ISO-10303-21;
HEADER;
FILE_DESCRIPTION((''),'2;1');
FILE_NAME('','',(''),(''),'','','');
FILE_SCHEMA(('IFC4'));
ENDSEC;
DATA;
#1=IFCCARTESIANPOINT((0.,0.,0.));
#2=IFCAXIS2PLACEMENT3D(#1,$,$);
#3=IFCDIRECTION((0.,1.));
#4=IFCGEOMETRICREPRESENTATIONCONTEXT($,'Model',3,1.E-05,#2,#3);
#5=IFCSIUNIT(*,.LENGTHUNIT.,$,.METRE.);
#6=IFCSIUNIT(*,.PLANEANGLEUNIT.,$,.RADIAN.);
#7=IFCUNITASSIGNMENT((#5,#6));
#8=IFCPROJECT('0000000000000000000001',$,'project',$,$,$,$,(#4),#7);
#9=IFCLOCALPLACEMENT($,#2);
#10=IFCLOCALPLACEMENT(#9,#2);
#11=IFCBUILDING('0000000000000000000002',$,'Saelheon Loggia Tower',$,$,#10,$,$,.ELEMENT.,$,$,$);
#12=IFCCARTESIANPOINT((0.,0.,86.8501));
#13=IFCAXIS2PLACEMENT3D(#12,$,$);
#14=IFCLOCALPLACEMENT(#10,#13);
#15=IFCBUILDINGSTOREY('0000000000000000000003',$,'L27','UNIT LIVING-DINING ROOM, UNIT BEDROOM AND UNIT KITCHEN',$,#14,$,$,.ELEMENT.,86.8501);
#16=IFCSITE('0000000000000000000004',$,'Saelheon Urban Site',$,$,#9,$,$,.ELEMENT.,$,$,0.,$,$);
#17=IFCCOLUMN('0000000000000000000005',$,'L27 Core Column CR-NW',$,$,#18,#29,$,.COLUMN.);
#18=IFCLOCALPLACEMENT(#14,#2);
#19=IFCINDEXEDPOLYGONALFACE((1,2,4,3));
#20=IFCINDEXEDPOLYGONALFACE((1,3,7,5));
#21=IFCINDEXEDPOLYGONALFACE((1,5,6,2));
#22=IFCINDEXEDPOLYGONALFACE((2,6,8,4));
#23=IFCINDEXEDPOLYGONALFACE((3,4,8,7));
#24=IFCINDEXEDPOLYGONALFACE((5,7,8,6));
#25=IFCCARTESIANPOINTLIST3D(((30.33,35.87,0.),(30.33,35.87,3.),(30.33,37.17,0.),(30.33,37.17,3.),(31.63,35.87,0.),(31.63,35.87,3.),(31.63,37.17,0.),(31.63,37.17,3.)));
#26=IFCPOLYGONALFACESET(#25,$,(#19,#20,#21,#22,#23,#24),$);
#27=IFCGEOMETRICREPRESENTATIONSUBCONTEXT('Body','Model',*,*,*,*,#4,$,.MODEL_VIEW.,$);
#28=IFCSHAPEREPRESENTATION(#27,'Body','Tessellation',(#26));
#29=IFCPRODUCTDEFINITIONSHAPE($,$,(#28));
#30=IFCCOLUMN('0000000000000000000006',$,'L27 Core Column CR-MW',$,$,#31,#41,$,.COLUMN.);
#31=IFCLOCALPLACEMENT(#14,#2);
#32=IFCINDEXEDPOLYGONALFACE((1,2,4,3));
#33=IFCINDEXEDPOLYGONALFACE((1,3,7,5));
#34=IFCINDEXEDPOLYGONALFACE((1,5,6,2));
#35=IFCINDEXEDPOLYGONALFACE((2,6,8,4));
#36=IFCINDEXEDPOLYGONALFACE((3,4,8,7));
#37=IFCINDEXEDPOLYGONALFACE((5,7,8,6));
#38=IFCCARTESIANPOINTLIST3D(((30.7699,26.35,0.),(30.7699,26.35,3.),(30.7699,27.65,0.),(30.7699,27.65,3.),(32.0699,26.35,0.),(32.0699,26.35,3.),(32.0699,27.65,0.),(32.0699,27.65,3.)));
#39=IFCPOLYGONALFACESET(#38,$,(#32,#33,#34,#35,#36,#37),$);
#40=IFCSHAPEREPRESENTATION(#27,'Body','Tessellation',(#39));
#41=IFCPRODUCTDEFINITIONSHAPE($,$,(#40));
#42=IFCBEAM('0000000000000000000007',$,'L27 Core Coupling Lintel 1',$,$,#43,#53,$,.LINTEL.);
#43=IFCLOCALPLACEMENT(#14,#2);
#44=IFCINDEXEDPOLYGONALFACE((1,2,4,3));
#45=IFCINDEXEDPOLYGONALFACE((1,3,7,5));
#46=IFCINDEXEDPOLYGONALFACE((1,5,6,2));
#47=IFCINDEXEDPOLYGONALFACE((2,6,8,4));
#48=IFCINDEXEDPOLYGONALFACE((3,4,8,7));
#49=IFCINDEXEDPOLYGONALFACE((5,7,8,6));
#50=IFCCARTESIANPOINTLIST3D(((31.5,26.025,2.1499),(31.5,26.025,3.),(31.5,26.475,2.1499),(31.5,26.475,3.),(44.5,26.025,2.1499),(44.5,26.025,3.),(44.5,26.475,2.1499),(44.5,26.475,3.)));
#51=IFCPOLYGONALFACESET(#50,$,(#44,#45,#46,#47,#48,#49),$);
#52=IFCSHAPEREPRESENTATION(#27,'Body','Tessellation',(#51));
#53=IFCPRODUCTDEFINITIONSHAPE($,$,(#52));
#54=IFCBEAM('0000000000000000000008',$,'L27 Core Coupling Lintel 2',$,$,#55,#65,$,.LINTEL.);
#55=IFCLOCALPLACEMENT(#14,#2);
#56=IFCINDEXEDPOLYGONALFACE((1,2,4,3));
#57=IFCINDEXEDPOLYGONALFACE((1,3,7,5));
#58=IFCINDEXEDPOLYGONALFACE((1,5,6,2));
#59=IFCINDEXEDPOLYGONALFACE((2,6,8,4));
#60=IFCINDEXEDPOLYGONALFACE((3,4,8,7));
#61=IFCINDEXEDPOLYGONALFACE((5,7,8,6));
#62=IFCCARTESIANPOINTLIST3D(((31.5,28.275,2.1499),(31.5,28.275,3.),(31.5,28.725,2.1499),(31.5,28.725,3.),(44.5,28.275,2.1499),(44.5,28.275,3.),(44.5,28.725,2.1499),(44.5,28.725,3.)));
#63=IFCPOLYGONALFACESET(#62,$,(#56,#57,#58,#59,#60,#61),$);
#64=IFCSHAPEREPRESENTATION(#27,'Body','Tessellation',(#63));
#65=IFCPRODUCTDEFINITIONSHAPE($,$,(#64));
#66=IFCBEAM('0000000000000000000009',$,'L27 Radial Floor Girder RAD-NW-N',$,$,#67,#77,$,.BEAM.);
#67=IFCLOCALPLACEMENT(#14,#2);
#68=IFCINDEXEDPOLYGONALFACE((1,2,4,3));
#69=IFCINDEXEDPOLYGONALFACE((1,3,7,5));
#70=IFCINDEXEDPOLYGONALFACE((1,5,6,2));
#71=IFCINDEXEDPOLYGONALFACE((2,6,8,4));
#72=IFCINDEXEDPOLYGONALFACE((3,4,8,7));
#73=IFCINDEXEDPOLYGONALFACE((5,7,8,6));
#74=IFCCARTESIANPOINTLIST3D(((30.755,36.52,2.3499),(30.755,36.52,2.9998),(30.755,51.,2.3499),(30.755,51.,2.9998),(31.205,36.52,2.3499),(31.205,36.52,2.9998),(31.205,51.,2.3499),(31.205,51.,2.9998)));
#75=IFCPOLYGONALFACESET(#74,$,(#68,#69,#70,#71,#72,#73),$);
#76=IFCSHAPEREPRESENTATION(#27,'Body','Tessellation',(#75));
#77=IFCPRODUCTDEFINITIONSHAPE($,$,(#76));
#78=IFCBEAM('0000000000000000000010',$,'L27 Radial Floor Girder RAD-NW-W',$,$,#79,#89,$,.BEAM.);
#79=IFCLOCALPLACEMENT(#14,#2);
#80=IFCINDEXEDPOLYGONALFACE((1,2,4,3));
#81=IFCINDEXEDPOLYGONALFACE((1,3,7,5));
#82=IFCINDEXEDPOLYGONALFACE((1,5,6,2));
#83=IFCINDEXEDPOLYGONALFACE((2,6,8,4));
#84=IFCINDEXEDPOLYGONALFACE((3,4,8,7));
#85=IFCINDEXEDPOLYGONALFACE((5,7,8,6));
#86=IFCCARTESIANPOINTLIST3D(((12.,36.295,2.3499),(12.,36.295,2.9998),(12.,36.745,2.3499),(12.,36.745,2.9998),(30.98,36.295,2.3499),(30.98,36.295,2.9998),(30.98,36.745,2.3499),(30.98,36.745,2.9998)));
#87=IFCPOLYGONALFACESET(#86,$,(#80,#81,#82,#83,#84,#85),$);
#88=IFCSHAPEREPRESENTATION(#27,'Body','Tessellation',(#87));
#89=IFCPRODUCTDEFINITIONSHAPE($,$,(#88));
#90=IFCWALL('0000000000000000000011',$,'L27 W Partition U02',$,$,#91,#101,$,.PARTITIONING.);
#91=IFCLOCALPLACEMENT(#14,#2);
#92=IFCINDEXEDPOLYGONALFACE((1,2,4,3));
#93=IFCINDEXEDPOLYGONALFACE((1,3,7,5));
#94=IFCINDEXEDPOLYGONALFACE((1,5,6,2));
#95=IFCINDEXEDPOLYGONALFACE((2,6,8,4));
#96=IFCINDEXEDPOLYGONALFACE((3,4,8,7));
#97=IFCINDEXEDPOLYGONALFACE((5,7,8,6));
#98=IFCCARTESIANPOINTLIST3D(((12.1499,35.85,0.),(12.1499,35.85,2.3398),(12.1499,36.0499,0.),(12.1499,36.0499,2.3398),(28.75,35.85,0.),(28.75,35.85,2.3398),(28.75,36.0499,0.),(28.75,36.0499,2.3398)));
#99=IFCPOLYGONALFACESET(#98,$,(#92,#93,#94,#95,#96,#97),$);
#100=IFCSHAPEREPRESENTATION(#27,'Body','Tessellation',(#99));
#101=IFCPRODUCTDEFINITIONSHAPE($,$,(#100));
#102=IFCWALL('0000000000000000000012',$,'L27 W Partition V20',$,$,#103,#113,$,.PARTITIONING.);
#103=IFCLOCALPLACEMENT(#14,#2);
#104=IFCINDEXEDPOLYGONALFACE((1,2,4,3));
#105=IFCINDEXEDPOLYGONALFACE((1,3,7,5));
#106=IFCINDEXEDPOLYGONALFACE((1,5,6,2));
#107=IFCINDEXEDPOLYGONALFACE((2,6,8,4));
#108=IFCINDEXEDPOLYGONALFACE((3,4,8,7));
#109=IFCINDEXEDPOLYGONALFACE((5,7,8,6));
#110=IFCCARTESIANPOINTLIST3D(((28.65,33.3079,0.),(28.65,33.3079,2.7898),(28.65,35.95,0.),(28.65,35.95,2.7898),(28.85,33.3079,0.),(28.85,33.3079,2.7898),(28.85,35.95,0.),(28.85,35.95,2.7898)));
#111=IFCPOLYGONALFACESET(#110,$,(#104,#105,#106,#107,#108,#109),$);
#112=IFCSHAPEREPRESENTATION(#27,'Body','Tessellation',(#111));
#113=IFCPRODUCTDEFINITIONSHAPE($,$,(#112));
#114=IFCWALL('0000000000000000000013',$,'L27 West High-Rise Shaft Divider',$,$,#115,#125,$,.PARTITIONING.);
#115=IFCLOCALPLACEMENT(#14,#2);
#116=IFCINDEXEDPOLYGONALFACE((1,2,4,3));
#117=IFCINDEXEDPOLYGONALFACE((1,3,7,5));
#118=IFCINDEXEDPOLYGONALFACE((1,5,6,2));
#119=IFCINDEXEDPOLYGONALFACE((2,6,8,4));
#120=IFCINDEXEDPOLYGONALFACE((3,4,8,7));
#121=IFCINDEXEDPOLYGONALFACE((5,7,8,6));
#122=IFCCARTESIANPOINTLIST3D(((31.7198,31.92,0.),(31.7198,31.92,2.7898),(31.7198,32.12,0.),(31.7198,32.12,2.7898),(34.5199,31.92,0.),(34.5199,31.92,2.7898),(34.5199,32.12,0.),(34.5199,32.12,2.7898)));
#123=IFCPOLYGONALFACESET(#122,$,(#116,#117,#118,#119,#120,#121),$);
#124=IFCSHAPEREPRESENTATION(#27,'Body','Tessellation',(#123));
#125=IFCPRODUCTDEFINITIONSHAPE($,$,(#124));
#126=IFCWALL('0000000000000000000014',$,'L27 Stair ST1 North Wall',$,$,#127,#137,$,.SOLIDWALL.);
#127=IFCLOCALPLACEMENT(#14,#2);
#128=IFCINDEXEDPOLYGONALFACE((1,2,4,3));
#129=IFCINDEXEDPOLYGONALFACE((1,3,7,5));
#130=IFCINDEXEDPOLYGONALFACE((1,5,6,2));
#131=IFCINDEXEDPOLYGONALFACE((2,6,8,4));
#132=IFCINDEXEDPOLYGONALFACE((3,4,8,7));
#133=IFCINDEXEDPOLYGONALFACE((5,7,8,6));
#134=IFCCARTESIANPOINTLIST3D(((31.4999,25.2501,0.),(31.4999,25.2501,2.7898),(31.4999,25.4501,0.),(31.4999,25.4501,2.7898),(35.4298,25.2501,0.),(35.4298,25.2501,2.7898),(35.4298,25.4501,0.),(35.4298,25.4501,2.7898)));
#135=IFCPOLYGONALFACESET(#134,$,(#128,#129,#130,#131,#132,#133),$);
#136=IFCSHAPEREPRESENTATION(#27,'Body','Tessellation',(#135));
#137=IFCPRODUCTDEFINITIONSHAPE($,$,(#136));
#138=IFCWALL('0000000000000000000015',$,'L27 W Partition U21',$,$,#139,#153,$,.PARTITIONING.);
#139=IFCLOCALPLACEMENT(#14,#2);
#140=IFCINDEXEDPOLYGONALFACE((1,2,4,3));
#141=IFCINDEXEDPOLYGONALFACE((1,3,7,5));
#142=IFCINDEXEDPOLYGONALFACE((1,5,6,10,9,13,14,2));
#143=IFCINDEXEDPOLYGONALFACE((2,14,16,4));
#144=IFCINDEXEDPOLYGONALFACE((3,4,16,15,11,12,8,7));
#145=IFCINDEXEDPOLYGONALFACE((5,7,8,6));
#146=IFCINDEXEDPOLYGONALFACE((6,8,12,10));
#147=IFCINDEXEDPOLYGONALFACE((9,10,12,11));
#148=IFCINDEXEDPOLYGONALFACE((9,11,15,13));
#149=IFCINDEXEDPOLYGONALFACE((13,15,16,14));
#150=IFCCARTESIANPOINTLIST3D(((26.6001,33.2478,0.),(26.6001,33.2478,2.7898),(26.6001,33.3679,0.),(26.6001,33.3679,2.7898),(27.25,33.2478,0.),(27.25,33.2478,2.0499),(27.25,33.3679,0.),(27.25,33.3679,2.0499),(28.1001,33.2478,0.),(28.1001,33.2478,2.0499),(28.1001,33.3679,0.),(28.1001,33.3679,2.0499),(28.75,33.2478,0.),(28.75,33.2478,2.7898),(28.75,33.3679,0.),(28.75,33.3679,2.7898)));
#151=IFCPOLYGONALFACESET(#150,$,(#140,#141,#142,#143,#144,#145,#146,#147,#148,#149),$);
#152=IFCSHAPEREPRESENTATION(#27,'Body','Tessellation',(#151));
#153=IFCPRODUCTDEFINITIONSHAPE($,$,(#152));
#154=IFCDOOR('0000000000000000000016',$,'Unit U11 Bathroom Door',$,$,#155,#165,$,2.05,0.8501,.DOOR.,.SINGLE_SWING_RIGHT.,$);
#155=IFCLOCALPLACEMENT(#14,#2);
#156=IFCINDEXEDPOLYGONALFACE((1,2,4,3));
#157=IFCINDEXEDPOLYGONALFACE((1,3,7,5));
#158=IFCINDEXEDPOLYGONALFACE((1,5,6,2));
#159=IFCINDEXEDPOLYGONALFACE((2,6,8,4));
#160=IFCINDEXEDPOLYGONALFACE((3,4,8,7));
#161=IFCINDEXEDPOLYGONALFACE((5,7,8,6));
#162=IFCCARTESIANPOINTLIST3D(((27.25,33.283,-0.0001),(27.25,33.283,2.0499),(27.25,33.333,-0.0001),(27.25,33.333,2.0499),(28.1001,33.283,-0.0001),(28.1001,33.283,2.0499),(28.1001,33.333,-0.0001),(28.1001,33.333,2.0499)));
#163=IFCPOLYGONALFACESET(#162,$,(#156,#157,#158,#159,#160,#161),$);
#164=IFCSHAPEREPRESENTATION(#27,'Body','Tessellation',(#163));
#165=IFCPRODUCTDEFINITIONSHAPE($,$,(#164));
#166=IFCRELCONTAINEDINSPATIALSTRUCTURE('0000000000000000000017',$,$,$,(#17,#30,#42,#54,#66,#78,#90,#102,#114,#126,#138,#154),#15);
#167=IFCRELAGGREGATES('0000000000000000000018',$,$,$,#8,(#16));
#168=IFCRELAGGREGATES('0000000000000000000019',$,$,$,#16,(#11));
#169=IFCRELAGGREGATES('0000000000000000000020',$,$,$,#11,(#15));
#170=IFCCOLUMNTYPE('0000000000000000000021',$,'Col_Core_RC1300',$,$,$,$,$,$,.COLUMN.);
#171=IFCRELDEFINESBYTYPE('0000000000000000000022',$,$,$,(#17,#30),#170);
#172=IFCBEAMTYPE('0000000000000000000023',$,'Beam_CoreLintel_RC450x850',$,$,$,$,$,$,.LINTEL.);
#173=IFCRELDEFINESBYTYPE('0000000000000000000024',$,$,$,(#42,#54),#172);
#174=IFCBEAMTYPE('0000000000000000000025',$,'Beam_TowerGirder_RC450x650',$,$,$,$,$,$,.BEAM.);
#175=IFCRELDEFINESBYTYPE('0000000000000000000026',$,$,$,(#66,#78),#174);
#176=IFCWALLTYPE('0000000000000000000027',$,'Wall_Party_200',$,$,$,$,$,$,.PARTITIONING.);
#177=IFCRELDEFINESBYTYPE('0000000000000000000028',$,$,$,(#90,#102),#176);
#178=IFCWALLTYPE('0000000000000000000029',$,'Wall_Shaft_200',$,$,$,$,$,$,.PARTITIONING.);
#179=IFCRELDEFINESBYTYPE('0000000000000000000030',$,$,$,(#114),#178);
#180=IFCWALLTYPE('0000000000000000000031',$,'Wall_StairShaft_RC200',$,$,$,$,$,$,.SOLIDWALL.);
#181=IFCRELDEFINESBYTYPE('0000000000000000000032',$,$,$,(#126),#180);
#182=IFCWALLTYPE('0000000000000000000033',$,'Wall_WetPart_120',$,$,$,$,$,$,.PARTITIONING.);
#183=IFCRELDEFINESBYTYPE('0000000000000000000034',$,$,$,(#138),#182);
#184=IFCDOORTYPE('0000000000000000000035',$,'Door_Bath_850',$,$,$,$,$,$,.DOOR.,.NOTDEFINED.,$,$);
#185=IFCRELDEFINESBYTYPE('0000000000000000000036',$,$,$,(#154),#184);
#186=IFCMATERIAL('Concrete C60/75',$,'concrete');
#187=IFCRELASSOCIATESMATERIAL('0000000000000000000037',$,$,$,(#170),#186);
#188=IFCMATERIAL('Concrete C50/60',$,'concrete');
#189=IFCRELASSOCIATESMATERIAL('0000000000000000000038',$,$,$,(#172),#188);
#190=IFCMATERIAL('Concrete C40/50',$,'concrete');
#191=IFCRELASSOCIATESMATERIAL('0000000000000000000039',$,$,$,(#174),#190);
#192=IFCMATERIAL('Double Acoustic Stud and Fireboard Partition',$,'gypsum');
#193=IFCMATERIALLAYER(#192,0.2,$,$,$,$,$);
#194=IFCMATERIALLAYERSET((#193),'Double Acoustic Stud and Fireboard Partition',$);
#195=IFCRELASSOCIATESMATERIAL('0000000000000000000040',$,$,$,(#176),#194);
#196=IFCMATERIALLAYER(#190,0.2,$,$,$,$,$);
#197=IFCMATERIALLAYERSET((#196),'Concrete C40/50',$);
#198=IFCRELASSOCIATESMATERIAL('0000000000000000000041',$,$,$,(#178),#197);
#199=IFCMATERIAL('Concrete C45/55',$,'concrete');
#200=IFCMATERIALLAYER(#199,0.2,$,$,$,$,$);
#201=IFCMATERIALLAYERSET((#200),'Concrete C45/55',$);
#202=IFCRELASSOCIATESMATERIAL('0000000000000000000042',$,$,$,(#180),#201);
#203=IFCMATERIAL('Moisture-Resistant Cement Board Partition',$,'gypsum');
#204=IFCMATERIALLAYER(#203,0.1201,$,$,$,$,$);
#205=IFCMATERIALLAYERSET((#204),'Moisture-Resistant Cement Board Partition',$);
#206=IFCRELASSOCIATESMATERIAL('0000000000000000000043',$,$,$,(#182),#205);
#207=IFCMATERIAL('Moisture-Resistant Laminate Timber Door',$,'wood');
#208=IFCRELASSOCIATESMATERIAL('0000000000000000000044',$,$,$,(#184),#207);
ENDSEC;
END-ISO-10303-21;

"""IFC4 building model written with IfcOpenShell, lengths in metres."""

from ifc_helpers import new_model, si_unit, direction, frame, frame_2d, origin, origin_2d, place, context, subcontext, project, spatial, rectangle, extrude, source, transform, mapped, material, layer, layer_set, material_profile, profile_set, type_object, element, fill, save


model = new_model("IFC4")

# Units and contexts
model_context = context("Model", 3, precision=1e-05, world=origin(), true_north=direction((0.0, 1.0)))
body_context = subcontext(model_context, "Body", "Model", "MODEL_VIEW")
ifc_project = project(units=[si_unit("LENGTHUNIT", "METRE"), si_unit("PLANEANGLEUNIT", "RADIAN")], contexts=[model_context])

# Site, building, storey
site_placement = place(None, origin())
site = spatial("IfcSite", under=ifc_project, at=site_placement, Name="Saelheon Urban Site", CompositionType="ELEMENT", RefElevation=0.0)
building_placement = place(site_placement, origin())
building = spatial("IfcBuilding", under=site, at=building_placement, Name="Saelheon Loggia Tower", CompositionType="ELEMENT")
storey_placement = place(building_placement, frame((0.0, 0.0, 86.8501)))
storey = spatial("IfcBuildingStorey", under=building, at=storey_placement, Name="L27", Description="UNIT LIVING-DINING ROOM, UNIT BEDROOM AND UNIT KITCHEN", CompositionType="ELEMENT", Elevation=86.8501)

# Columns
ifc_material_1 = material(Name="Concrete C60/75", Category="concrete")
ifc_material_profile_1 = material_profile(ifc_material_1, rectangle(XDim=1.3, YDim=1.3, at=origin_2d()), Name="RC-1300x1300")
ifc_profile_set_1 = profile_set([ifc_material_profile_1], Name="Concrete C60/75")
column_type = type_object("IfcColumnType", Name="Col_Core_RC1300", PredefinedType="COLUMN", material=ifc_profile_set_1)
shared_shape_1 = source(origin(), body_context, "Body", "SweptSolid", [
    extrude(rectangle(XDim=1.3, YDim=1.3, at=origin_2d()), origin(), (0.0, 0.0, 1.0), 3.0),
])
for number, where, z_axis, x_axis, name in (
    (1, (30.98, 36.52, 0.0), (0.0, 0.0, 1.0), (1.0, 0.0, 0.0), "L27 Core Column CR-NW"),
    (2, (31.4199, 27.0, 0.0), (0.0, 0.0, 1.0), (1.0, 0.0, 0.0), "L27 Core Column CR-MW"),
):
    element("IfcColumn", number, at=place(storey_placement, frame(where, z_axis=z_axis, x_axis=x_axis)), inside=storey, type_object=column_type, Name=name, PredefinedType="COLUMN", context=body_context, shape_type="MappedRepresentation", body=[
        mapped(shared_shape_1, transform((0.0, 0.0, 0.0), scale=1.0)),
    ])

# Beams
ifc_material_2 = material(Name="Concrete C50/60", Category="concrete")
ifc_material_profile_2 = material_profile(ifc_material_2, rectangle(XDim=0.45, YDim=0.8501, at=origin_2d()), Name="RC-450x850")
ifc_profile_set_2 = profile_set([ifc_material_profile_2], Name="Concrete C50/60")
beam_type_1 = type_object("IfcBeamType", Name="Beam_CoreLintel_RC450x850", PredefinedType="LINTEL", material=ifc_profile_set_2)
shared_shape_2 = source(origin(), body_context, "Body", "SweptSolid", [
    extrude(rectangle(XDim=0.45, YDim=0.8501, at=origin_2d()), origin(), (0.0, 0.0, 1.0), 13.0),
])
for number, where, z_axis, x_axis, name in (
    (3, (31.5, 26.25, 2.575), (1.0, 0.0, 0.0), (0.0, 1.0, 0.0), "L27 Core Coupling Lintel 1"),
    (4, (31.5, 28.5, 2.575), (1.0, 0.0, 0.0), (0.0, 1.0, 0.0), "L27 Core Coupling Lintel 2"),
):
    element("IfcBeam", number, at=place(storey_placement, frame(where, z_axis=z_axis, x_axis=x_axis)), inside=storey, type_object=beam_type_1, Name=name, PredefinedType="LINTEL", context=body_context, shape_type="MappedRepresentation", body=[
        mapped(shared_shape_2, transform((0.0, 0.0, 0.0), scale=1.0)),
    ])
ifc_material_3 = material(Name="Concrete C40/50", Category="concrete")
ifc_material_profile_3 = material_profile(ifc_material_3, rectangle(XDim=0.45, YDim=0.6499, at=origin_2d()), Name="RC-450x650")
ifc_profile_set_3 = profile_set([ifc_material_profile_3], Name="Concrete C40/50")
beam_type_2 = type_object("IfcBeamType", Name="Beam_TowerGirder_RC450x650", PredefinedType="BEAM", material=ifc_profile_set_3)
shared_shape_3 = source(origin(), body_context, "Body", "SweptSolid", [
    extrude(rectangle(XDim=0.45, YDim=0.6499, at=origin_2d()), origin(), (0.0, 0.0, 1.0), 14.48),
])
beam_1_placement = place(storey_placement, frame((30.98, 36.52, 2.6748), z_axis=(0.0, 1.0, 0.0), x_axis=(-1.0, 0.0, 0.0)))
element("IfcBeam", 5, at=beam_1_placement, inside=storey, type_object=beam_type_2, Name="L27 Radial Floor Girder RAD-NW-N", PredefinedType="BEAM", context=body_context, shape_type="MappedRepresentation", body=[
    mapped(shared_shape_3, transform((0.0, 0.0, 0.0), scale=1.0)),
])
shared_shape_4 = source(origin(), body_context, "Body", "SweptSolid", [
    extrude(rectangle(XDim=0.45, YDim=0.6499, at=origin_2d()), origin(), (0.0, 0.0, 1.0), 18.98),
])
beam_2_placement = place(storey_placement, frame((30.98, 36.52, 2.6748), z_axis=(-1.0, 0.0, 0.0), x_axis=(0.0, -1.0, 0.0)))
element("IfcBeam", 6, at=beam_2_placement, inside=storey, type_object=beam_type_2, Name="L27 Radial Floor Girder RAD-NW-W", PredefinedType="BEAM", context=body_context, shape_type="MappedRepresentation", body=[
    mapped(shared_shape_4, transform((0.0, 0.0, 0.0), scale=1.0)),
])

# Walls
ifc_material_4 = material(Name="Double Acoustic Stud and Fireboard Partition", Category="gypsum")
ifc_layer_1 = layer(ifc_material_4, 0.2)
ifc_layer_set_1 = layer_set([ifc_layer_1], Name="Double Acoustic Stud and Fireboard Partition")
wall_type_1 = type_object("IfcWallType", Name="Wall_Party_200", PredefinedType="PARTITIONING", material=ifc_layer_set_1)
wall_1_placement = place(storey_placement, frame((28.75, 35.95, 0.0), z_axis=(0.0, 0.0, 1.0), x_axis=(-1.0, 0.0, 0.0)))
element("IfcWall", 7, at=wall_1_placement, inside=storey, type_object=wall_type_1, Name="L27 W Partition U02", PredefinedType="PARTITIONING", context=body_context, shape_type="SweptSolid", body=[
    extrude(rectangle(XDim=16.6001, YDim=0.2, at=frame_2d((8.3, 0.0))), origin(), (0.0, 0.0, 1.0), 2.3398),
])
wall_2_placement = place(storey_placement, frame((28.75, 33.3079, 0.0), z_axis=(0.0, 0.0, 1.0), x_axis=(0.0, 1.0, 0.0)))
element("IfcWall", 8, at=wall_2_placement, inside=storey, type_object=wall_type_1, Name="L27 W Partition V20", PredefinedType="PARTITIONING", context=body_context, shape_type="SweptSolid", body=[
    extrude(rectangle(XDim=2.6421, YDim=0.2, at=frame_2d((1.321, 0.0))), origin(), (0.0, 0.0, 1.0), 2.7898),
])

# Shared definitions
ifc_layer_2 = layer(ifc_material_3, 0.2)
ifc_layer_set_2 = layer_set([ifc_layer_2], Name="Concrete C40/50")
wall_type_2 = type_object("IfcWallType", Name="Wall_Shaft_200", PredefinedType="PARTITIONING", material=ifc_layer_set_2)

# Walls
wall_3_placement = place(storey_placement, frame((31.72, 32.02, 0.0), z_axis=(0.0, 0.0, 1.0), x_axis=(1.0, 0.0, 0.0)))
element("IfcWall", 9, at=wall_3_placement, inside=storey, type_object=wall_type_2, Name="L27 West High-Rise Shaft Divider", PredefinedType="PARTITIONING", context=body_context, shape_type="SweptSolid", body=[
    extrude(rectangle(XDim=2.8, YDim=0.2, at=frame_2d((1.3999, 0.0))), origin(), (0.0, 0.0, 1.0), 2.7898),
])
ifc_material_5 = material(Name="Concrete C45/55", Category="concrete")
ifc_layer_3 = layer(ifc_material_5, 0.2)
ifc_layer_set_3 = layer_set([ifc_layer_3], Name="Concrete C45/55")
wall_type_3 = type_object("IfcWallType", Name="Wall_StairShaft_RC200", PredefinedType="SOLIDWALL", material=ifc_layer_set_3)
wall_4_placement = place(storey_placement, frame((31.5, 25.3501, 0.0), z_axis=(0.0, 0.0, 1.0), x_axis=(1.0, 0.0, 0.0)))
element("IfcWall", 10, at=wall_4_placement, inside=storey, type_object=wall_type_3, Name="L27 Stair ST1 North Wall", PredefinedType="SOLIDWALL", context=body_context, shape_type="SweptSolid", body=[
    extrude(rectangle(XDim=3.9299, YDim=0.2, at=frame_2d((1.9648, 0.0))), origin(), (0.0, 0.0, 1.0), 2.7898),
])

# Wall, opening, door
ifc_material_6 = material(Name="Moisture-Resistant Cement Board Partition", Category="gypsum")
ifc_layer_4 = layer(ifc_material_6, 0.1201)
ifc_layer_set_4 = layer_set([ifc_layer_4], Name="Moisture-Resistant Cement Board Partition")
wall_type_4 = type_object("IfcWallType", Name="Wall_WetPart_120", PredefinedType="PARTITIONING", material=ifc_layer_set_4)
wall_5_placement = place(storey_placement, frame((28.75, 33.3079, 0.0), z_axis=(0.0, 0.0, 1.0), x_axis=(-1.0, 0.0, 0.0)))
wall_5 = element("IfcWall", 11, at=wall_5_placement, inside=storey, type_object=wall_type_4, Name="L27 W Partition U21", PredefinedType="PARTITIONING", context=body_context, shape_type="SweptSolid", body=[
    extrude(rectangle(XDim=2.1499, YDim=0.1201, at=frame_2d((1.075, 0.0))), origin(), (0.0, 0.0, 1.0), 2.7898),
])
opening_1_placement = place(wall_5_placement, frame((0.6499, 0.0, 0.0)))
opening_1 = element("IfcOpeningElement", 12, at=opening_1_placement, cuts=wall_5, PredefinedType="OPENING", context=body_context, shape_type="SweptSolid", body=[
    extrude(rectangle(XDim=0.8501, YDim=2.05, at=frame_2d((0.425, 1.0249))), frame((0.0, 0.072, 0.0), z_axis=(0.0, -1.0, 0.0), x_axis=(1.0, 0.0, 0.0)), (0.0, 0.0, 1.0), 0.144),
])
ifc_material_7 = material(Name="Moisture-Resistant Laminate Timber Door", Category="wood")
door_type_1 = type_object("IfcDoorType", Name="Door_Bath_850", OperationType="NOTDEFINED", PredefinedType="DOOR", material=ifc_material_7)
shared_shape_5 = source(origin(), body_context, "Body", "SweptSolid", [
    extrude(rectangle(XDim=0.8501, YDim=2.05, at=frame_2d((0.425, 1.0249))), frame((0.0, 0.0249, 0.0), z_axis=(0.0, -1.0, 0.0), x_axis=(1.0, 0.0, 0.0)), (0.0, 0.0, 1.0), 0.05),
])
door_1_placement = place(opening_1_placement, origin())
door_1 = element("IfcDoor", 13, at=door_1_placement, inside=storey, type_object=door_type_1, Name="Unit U11 Bathroom Door", OperationType="SINGLE_SWING_RIGHT", OverallHeight=2.05, OverallWidth=0.8501, PredefinedType="DOOR", context=body_context, shape_type="MappedRepresentation", body=[
    mapped(shared_shape_5, transform((0.0, 0.0, 0.0), scale=1.0)),
])
fill(opening_1, door_1)

save(model, "model.ifc")
